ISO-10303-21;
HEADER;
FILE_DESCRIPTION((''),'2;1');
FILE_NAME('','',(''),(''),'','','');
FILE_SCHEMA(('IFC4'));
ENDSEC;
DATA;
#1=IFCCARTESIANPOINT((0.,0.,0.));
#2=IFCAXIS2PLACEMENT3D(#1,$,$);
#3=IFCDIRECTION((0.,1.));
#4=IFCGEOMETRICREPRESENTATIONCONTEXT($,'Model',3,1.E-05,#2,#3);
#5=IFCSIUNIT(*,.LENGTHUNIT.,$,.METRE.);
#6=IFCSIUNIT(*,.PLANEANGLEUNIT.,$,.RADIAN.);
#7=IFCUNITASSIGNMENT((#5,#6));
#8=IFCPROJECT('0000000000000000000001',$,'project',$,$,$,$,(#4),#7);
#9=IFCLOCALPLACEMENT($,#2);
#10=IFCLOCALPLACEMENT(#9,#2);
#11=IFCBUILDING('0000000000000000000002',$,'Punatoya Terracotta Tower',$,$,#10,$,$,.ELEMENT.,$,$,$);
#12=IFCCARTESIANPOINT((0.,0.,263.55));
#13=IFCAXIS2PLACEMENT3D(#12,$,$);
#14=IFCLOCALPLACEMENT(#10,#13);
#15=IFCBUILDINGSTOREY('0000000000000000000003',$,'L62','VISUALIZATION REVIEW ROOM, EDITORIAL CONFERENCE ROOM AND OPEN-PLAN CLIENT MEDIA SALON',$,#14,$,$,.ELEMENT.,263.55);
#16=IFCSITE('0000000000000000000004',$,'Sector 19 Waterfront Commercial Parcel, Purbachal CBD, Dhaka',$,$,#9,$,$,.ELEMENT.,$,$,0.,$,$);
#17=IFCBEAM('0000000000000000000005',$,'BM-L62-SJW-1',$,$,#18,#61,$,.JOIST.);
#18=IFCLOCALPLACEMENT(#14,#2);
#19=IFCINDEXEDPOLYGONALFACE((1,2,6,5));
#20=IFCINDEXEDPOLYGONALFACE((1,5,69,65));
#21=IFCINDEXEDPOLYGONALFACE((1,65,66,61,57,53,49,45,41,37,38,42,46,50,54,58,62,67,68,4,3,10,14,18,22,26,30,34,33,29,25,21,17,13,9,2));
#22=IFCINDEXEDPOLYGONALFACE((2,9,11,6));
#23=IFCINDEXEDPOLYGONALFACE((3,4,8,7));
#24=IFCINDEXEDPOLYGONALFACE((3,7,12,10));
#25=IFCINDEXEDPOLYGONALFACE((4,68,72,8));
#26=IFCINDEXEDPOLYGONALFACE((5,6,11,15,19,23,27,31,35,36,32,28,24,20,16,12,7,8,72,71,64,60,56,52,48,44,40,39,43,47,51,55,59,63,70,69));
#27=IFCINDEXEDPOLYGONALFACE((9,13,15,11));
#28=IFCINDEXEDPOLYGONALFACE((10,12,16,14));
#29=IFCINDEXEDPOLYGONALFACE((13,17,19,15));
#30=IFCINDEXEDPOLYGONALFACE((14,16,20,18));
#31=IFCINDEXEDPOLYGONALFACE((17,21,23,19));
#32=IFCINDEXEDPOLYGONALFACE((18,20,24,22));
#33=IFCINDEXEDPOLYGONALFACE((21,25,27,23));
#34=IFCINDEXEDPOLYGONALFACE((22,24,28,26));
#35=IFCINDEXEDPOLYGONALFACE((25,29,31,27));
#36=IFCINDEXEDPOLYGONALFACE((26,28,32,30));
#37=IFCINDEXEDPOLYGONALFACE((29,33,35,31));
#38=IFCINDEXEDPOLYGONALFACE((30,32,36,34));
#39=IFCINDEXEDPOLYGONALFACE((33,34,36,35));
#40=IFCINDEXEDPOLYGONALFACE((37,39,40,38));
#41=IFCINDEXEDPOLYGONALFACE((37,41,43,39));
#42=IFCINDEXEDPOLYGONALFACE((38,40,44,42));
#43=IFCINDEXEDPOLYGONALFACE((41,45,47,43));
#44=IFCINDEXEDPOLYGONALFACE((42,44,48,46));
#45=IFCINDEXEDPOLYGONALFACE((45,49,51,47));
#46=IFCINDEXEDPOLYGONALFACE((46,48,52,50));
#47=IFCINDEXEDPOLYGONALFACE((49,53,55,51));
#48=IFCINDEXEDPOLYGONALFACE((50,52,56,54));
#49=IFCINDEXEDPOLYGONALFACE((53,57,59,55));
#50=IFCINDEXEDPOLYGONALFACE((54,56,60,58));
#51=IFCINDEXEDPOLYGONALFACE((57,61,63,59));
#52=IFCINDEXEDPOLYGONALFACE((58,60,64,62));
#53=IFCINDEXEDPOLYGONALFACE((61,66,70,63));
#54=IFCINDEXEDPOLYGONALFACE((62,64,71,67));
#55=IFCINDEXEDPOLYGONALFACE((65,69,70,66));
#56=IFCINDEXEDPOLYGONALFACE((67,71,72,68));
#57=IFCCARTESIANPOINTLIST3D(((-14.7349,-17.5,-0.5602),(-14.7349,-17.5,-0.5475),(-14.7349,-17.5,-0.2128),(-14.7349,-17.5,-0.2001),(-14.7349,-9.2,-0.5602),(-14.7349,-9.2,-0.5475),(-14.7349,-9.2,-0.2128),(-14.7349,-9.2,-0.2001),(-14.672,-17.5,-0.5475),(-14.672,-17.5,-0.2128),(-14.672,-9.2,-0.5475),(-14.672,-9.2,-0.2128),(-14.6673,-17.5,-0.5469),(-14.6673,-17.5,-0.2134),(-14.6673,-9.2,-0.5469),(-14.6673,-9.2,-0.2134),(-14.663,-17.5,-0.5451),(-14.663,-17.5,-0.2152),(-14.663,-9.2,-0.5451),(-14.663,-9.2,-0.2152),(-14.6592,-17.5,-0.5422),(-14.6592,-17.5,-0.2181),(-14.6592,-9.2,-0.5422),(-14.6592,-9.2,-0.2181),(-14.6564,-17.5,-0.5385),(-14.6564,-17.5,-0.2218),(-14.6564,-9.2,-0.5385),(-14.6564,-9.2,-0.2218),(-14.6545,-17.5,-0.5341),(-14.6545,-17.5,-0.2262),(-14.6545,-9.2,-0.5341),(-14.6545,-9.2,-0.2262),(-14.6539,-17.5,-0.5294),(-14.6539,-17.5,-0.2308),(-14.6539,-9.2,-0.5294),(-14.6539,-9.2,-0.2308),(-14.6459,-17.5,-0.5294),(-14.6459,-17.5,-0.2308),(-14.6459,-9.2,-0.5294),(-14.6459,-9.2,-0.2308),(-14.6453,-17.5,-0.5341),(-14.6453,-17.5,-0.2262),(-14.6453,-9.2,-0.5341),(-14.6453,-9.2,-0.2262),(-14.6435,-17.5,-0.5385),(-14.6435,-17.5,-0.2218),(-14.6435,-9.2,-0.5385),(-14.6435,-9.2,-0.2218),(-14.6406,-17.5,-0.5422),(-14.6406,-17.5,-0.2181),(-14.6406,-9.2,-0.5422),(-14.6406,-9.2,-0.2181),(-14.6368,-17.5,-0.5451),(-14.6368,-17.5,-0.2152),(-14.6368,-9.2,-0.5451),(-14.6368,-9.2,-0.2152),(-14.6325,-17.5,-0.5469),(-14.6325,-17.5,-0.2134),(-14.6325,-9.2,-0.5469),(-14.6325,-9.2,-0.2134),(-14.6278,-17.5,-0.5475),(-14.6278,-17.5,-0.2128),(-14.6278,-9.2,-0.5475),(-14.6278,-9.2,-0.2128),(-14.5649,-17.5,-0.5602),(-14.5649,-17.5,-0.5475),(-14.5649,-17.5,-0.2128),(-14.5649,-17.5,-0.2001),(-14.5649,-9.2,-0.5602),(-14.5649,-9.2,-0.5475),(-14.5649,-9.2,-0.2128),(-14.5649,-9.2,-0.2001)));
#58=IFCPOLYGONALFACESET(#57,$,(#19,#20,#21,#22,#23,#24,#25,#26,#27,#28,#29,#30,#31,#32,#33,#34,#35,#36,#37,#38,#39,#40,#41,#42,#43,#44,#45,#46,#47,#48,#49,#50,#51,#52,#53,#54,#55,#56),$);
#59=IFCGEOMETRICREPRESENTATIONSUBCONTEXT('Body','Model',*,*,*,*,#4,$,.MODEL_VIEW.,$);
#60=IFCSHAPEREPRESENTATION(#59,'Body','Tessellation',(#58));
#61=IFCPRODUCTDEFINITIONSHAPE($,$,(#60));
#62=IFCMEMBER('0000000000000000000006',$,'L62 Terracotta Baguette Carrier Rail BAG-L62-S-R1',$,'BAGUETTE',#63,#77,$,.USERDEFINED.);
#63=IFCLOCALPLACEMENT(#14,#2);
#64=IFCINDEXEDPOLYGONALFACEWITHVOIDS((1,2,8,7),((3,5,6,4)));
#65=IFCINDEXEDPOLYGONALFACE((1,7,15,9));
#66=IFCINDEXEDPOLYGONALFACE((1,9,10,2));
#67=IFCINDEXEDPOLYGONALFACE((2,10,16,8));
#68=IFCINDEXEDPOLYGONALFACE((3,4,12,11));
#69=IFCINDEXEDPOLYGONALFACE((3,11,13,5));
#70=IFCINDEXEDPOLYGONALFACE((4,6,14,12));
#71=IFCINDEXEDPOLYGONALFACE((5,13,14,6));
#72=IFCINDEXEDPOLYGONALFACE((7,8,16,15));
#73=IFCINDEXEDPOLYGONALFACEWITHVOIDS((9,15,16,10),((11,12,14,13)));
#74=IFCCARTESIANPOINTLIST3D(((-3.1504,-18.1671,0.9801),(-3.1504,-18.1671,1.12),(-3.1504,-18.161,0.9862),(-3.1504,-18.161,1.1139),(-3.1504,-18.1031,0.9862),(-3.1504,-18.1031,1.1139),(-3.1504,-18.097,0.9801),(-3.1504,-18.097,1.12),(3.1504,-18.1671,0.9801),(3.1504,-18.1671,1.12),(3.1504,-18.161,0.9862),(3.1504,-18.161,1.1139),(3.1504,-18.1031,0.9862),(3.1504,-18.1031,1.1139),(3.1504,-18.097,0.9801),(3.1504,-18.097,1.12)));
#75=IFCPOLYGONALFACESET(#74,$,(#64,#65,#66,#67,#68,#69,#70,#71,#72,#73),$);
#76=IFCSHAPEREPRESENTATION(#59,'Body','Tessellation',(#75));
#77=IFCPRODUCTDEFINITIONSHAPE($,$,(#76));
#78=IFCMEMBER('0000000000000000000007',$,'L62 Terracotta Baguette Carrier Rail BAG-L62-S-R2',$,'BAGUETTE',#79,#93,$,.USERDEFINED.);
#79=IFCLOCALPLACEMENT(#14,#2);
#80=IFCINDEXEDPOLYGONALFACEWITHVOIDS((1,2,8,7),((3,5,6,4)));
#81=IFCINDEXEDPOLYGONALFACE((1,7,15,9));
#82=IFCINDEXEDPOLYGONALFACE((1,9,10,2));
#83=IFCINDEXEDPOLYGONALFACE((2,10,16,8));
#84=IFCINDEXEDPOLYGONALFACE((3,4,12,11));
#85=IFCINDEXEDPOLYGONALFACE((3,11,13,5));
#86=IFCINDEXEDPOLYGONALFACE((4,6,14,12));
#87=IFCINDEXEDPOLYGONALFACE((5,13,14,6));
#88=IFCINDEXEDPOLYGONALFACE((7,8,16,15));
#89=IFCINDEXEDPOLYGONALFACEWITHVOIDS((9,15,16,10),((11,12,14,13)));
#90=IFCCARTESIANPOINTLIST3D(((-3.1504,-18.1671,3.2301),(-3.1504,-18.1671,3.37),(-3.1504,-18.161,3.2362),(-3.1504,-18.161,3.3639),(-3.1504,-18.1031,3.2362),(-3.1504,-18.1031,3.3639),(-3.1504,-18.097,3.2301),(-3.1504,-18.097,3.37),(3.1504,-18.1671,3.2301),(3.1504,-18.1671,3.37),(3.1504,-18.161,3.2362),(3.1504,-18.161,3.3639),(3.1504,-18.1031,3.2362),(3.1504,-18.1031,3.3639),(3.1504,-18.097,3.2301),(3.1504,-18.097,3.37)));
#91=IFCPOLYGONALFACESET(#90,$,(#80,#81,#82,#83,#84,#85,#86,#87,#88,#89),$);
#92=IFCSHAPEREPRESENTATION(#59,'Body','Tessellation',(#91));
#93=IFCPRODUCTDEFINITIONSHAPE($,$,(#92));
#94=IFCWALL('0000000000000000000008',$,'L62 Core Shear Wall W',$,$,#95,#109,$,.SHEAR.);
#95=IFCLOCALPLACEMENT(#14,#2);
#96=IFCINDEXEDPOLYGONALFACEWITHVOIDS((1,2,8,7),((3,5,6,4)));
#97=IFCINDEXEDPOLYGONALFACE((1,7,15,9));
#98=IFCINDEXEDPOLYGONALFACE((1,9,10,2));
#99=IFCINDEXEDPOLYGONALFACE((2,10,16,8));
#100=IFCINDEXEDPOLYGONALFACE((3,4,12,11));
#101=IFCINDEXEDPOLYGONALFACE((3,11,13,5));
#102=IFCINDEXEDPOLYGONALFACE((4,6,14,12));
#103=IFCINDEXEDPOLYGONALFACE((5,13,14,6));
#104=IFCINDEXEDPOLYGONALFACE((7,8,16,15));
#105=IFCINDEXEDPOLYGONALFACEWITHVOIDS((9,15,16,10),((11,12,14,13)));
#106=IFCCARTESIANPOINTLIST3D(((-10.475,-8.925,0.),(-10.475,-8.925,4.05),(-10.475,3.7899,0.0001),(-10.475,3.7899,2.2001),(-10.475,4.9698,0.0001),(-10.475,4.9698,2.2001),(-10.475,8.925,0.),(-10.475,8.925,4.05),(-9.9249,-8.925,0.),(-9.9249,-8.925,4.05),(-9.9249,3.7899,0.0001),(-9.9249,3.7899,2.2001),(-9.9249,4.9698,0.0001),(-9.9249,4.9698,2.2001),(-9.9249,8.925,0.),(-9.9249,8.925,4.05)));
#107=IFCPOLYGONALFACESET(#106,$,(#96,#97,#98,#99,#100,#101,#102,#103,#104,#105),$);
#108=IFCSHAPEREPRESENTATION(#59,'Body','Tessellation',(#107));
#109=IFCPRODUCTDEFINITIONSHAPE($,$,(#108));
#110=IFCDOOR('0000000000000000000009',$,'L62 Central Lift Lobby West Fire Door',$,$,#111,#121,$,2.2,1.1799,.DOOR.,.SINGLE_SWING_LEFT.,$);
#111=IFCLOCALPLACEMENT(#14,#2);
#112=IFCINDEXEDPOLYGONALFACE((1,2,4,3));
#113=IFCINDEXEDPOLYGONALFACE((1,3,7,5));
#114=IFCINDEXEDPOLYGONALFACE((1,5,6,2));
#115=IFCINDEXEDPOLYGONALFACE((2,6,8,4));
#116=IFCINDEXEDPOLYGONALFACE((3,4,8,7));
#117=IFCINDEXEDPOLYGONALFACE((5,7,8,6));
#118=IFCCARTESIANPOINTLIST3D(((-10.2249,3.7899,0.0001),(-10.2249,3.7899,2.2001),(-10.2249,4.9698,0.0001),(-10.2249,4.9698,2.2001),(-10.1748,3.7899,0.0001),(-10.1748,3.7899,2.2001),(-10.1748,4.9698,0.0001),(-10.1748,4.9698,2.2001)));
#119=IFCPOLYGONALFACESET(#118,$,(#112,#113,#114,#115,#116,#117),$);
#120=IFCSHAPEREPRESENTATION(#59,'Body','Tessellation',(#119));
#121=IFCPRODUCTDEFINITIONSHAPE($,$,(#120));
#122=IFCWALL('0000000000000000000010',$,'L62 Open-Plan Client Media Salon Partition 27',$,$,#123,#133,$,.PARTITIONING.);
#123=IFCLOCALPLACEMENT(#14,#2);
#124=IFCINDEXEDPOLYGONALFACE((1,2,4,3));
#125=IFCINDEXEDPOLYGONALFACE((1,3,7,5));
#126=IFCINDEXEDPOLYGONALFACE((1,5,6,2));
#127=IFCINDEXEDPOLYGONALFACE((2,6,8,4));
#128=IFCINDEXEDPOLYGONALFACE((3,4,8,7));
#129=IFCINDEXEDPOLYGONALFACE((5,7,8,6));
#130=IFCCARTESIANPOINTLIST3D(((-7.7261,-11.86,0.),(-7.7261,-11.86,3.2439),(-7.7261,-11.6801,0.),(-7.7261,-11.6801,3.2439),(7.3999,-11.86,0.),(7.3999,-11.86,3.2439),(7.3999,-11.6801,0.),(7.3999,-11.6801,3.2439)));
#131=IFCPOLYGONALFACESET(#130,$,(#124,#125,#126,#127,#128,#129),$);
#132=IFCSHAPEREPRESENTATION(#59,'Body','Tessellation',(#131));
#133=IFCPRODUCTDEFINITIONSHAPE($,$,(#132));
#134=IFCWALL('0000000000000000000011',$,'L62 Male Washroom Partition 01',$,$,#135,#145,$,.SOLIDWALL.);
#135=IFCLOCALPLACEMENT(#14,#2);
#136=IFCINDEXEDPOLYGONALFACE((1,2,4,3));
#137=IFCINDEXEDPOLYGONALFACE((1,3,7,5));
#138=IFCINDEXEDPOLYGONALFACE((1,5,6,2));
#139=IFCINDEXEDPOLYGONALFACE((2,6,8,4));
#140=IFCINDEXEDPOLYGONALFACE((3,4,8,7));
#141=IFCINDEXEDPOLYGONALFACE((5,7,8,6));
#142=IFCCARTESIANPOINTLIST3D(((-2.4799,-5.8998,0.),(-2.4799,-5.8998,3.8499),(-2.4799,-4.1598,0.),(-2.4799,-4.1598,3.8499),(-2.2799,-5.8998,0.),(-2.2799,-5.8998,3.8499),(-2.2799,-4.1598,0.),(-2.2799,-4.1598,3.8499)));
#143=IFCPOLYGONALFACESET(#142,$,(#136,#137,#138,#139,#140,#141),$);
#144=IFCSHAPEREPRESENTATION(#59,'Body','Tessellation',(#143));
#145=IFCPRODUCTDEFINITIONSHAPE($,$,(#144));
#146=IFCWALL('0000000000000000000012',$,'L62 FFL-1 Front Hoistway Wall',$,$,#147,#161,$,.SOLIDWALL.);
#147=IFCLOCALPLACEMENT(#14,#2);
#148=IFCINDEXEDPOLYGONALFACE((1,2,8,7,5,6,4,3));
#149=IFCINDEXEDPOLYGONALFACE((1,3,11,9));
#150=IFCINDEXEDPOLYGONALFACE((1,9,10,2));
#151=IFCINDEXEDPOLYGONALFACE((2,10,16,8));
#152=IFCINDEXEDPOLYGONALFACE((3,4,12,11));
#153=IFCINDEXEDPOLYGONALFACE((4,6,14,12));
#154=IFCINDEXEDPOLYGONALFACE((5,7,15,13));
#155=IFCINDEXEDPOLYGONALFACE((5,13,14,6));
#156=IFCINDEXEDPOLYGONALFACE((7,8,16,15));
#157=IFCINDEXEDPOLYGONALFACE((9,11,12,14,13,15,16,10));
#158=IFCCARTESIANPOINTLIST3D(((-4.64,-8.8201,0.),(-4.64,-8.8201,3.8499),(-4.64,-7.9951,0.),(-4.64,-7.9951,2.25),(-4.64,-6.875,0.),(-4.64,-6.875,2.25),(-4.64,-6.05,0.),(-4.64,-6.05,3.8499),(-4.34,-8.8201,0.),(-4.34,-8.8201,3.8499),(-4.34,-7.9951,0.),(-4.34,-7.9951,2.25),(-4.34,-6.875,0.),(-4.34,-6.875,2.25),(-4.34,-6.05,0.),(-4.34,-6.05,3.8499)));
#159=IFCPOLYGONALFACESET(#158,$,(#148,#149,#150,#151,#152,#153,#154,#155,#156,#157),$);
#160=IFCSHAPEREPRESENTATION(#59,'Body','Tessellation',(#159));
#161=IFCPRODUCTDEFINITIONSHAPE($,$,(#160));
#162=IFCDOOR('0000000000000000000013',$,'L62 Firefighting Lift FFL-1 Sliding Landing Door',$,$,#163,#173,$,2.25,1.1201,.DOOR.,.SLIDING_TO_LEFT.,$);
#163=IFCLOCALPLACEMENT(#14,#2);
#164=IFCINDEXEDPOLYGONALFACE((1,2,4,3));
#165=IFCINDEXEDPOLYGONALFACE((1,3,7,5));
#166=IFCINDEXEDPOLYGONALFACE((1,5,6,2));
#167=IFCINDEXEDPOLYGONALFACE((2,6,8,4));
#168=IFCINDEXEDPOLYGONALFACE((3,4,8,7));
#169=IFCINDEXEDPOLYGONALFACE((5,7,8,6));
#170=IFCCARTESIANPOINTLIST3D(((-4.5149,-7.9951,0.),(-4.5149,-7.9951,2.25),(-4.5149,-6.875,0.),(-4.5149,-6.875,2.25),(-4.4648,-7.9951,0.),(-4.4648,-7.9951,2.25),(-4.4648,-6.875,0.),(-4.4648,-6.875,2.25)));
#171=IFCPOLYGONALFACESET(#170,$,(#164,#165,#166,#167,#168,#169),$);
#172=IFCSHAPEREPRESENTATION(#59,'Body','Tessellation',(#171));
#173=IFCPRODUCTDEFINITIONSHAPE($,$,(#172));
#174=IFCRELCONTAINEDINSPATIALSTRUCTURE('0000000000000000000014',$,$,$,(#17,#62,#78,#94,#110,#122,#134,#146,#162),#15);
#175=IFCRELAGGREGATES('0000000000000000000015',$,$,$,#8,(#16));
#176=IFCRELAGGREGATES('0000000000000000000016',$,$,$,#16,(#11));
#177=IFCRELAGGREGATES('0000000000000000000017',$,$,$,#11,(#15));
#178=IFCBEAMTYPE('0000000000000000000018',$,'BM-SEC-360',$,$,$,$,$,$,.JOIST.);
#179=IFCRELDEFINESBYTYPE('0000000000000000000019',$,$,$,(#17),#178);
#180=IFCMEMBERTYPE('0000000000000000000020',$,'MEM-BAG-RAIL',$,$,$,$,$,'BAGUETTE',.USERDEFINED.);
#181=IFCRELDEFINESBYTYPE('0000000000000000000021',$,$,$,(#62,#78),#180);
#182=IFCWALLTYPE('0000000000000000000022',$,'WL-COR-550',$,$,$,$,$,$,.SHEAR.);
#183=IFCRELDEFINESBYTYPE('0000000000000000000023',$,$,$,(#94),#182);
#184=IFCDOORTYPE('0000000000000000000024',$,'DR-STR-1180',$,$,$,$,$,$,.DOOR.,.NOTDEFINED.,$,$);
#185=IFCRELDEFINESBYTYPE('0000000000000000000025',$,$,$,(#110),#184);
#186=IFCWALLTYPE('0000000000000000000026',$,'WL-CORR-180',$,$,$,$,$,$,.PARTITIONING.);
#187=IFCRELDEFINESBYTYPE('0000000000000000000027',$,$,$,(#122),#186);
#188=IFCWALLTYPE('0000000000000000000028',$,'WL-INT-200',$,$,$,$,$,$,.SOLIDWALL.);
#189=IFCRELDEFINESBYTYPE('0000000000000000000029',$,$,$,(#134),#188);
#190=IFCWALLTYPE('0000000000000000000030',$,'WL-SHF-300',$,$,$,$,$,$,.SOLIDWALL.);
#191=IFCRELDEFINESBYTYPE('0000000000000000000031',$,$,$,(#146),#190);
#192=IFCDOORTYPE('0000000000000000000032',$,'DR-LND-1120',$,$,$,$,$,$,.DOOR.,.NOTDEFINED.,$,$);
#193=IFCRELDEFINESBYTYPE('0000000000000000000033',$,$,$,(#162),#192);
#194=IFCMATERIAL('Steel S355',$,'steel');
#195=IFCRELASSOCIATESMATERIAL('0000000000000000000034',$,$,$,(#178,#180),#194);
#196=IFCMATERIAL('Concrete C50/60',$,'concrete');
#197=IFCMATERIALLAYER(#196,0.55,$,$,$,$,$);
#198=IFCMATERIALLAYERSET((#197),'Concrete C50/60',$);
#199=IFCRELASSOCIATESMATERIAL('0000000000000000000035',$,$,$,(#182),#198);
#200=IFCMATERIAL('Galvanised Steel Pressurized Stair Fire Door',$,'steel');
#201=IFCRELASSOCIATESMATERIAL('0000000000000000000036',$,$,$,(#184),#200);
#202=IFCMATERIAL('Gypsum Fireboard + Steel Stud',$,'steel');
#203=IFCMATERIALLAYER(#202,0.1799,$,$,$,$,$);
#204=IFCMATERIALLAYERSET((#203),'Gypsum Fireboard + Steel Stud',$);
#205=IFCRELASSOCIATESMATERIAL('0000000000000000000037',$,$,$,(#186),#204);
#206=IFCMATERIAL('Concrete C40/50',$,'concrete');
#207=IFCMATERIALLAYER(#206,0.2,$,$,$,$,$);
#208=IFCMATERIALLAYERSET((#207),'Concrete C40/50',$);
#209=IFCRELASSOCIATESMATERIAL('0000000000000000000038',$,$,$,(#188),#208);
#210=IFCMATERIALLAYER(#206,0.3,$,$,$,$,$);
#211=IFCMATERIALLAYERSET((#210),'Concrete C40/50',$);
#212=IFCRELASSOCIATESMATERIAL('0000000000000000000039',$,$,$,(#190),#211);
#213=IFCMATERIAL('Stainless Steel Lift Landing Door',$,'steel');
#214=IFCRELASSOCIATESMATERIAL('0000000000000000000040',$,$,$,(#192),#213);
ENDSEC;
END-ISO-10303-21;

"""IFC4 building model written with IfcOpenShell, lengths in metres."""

from ifc_helpers import new_model, si_unit, direction, frame, frame_2d, origin, origin_2d, place, context, subcontext, project, spatial, rectangle, hollow_rectangle, i_section, extrude, material, layer, layer_set, material_profile, profile_set, type_object, element, fill, save


model = new_model("IFC4")

# Units and contexts
model_context = context("Model", 3, precision=1e-05, world=origin(), true_north=direction((0.0, 1.0)))
body_context = subcontext(model_context, "Body", "Model", "MODEL_VIEW")
ifc_project = project(units=[si_unit("LENGTHUNIT", "METRE"), si_unit("PLANEANGLEUNIT", "RADIAN")], contexts=[model_context])

# Site, building, storey
site_placement = place(None, origin())
site = spatial("IfcSite", under=ifc_project, at=site_placement, Name="Sector 19 Waterfront Commercial Parcel, Purbachal CBD, Dhaka", CompositionType="ELEMENT", RefElevation=0.0)
building_placement = place(site_placement, origin())
building = spatial("IfcBuilding", under=site, at=building_placement, Name="Punatoya Terracotta Tower", CompositionType="ELEMENT")
storey_placement = place(building_placement, frame((0.0, 0.0, 263.55)))
storey = spatial("IfcBuildingStorey", under=building, at=storey_placement, Name="L62", Description="VISUALIZATION REVIEW ROOM, EDITORIAL CONFERENCE ROOM AND OPEN-PLAN CLIENT MEDIA SALON", CompositionType="ELEMENT", Elevation=263.55)

# Beam
ifc_material_1 = material(Name="Steel S355", Category="steel")
ifc_material_profile_1 = material_profile(ifc_material_1, i_section(OverallWidth=0.1699, OverallDepth=0.3601, WebThickness=0.0081, FlangeThickness=0.0127, FilletRadius=0.0181, at=origin_2d()))
ifc_profile_set_1 = profile_set([ifc_material_profile_1], Name="Steel S355")
beam_type_1 = type_object("IfcBeamType", Name="BM-SEC-360", PredefinedType="JOIST", material=ifc_profile_set_1)
beam_1_placement = place(storey_placement, frame((-14.6499, -17.5, -0.3801), z_axis=(0.0, 1.0, 0.0), x_axis=(-1.0, 0.0, 0.0)))
element("IfcBeam", 1, at=beam_1_placement, inside=storey, type_object=beam_type_1, Name="BM-L62-SJW-1", PredefinedType="JOIST", context=body_context, shape_type="SweptSolid", body=[
    extrude(i_section(OverallWidth=0.1699, OverallDepth=0.3601, WebThickness=0.0081, FlangeThickness=0.0127, FilletRadius=0.0181, at=origin_2d()), origin(), (0.0, 0.0, 1.0), 8.3),
])

# Members
ifc_material_profile_2 = material_profile(ifc_material_1, hollow_rectangle(XDim=0.0701, YDim=0.1399, WallThickness=0.0061, at=origin_2d()))
ifc_profile_set_2 = profile_set([ifc_material_profile_2], Name="Steel S355")
member_type = type_object("IfcMemberType", Name="MEM-BAG-RAIL", ElementType="BAGUETTE", PredefinedType="USERDEFINED", material=ifc_profile_set_2)
for number, where, z_axis, x_axis, name in (
    (2, (-3.1504, -18.1321, 1.05), (1.0, 0.0, 0.0), (0.0, 1.0, 0.0), "L62 Terracotta Baguette Carrier Rail BAG-L62-S-R1"),
    (3, (-3.1504, -18.1321, 3.3), (1.0, 0.0, 0.0), (0.0, 1.0, 0.0), "L62 Terracotta Baguette Carrier Rail BAG-L62-S-R2"),
):
    element("IfcMember", number, at=place(storey_placement, frame(where, z_axis=z_axis, x_axis=x_axis)), inside=storey, type_object=member_type, Name=name, ObjectType="BAGUETTE", PredefinedType="USERDEFINED", context=body_context, shape_type="SweptSolid", body=[
        extrude(hollow_rectangle(XDim=0.0701, YDim=0.1399, WallThickness=0.0061, at=origin_2d()), origin(), (0.0, 0.0, 1.0), 6.3008),
    ])

# Wall, opening, door
ifc_material_2 = material(Name="Concrete C50/60", Category="concrete")
ifc_layer_1 = layer(ifc_material_2, 0.55)
ifc_layer_set_1 = layer_set([ifc_layer_1], Name="Concrete C50/60")
wall_type_1 = type_object("IfcWallType", Name="WL-COR-550", PredefinedType="SHEAR", material=ifc_layer_set_1)
wall_1_placement = place(storey_placement, frame((-10.2, -8.925, 0.0), z_axis=(0.0, 0.0, 1.0), x_axis=(0.0, 1.0, 0.0)))
wall_1 = element("IfcWall", 4, at=wall_1_placement, inside=storey, type_object=wall_type_1, Name="L62 Core Shear Wall W", PredefinedType="SHEAR", context=body_context, shape_type="SweptSolid", body=[
    extrude(rectangle(XDim=17.8501, YDim=0.55, at=frame_2d((8.925, 0.0))), origin(), (0.0, 0.0, 1.0), 4.05),
])
opening_1_placement = place(wall_1_placement, frame((12.7151, 0.0, 0.0)))
opening_1 = element("IfcOpeningElement", 5, at=opening_1_placement, cuts=wall_1, PredefinedType="OPENING", context=body_context, shape_type="SweptSolid", body=[
    extrude(rectangle(XDim=1.1799, YDim=2.2, at=frame_2d((0.5898, 1.1001))), frame((0.0, 0.2849, 0.0), z_axis=(0.0, -1.0, 0.0), x_axis=(1.0, 0.0, 0.0)), (0.0, 0.0, 1.0), 0.5701),
])
ifc_material_3 = material(Name="Galvanised Steel Pressurized Stair Fire Door", Category="steel")
door_type_1 = type_object("IfcDoorType", Name="DR-STR-1180", OperationType="NOTDEFINED", PredefinedType="DOOR", material=ifc_material_3)
door_1_placement = place(opening_1_placement, origin())
door_1 = element("IfcDoor", 6, at=door_1_placement, inside=storey, type_object=door_type_1, Name="L62 Central Lift Lobby West Fire Door", OperationType="SINGLE_SWING_LEFT", OverallHeight=2.2, OverallWidth=1.1799, PredefinedType="DOOR", context=body_context, shape_type="SweptSolid", body=[
    extrude(rectangle(XDim=1.1799, YDim=2.2, at=frame_2d((0.5898, 1.1001))), frame((0.0, 0.0249, 0.0), z_axis=(0.0, -1.0, 0.0), x_axis=(1.0, 0.0, 0.0)), (0.0, 0.0, 1.0), 0.05),
])
fill(opening_1, door_1)

# Walls
ifc_material_4 = material(Name="Gypsum Fireboard + Steel Stud", Category="steel")
ifc_layer_2 = layer(ifc_material_4, 0.1799)
ifc_layer_set_2 = layer_set([ifc_layer_2], Name="Gypsum Fireboard + Steel Stud")
wall_type_2 = type_object("IfcWallType", Name="WL-CORR-180", PredefinedType="PARTITIONING", material=ifc_layer_set_2)
wall_2_placement = place(storey_placement, frame((-7.7261, -11.77, 0.0), z_axis=(0.0, 0.0, 1.0), x_axis=(1.0, 0.0, 0.0)))
element("IfcWall", 7, at=wall_2_placement, inside=storey, type_object=wall_type_2, Name="L62 Open-Plan Client Media Salon Partition 27", PredefinedType="PARTITIONING", context=body_context, shape_type="SweptSolid", body=[
    extrude(rectangle(XDim=15.126, YDim=0.1799, at=frame_2d((7.563, 0.0))), origin(), (0.0, 0.0, 1.0), 3.2439),
])
ifc_material_5 = material(Name="Concrete C40/50", Category="concrete")
ifc_layer_3 = layer(ifc_material_5, 0.2)
ifc_layer_set_3 = layer_set([ifc_layer_3], Name="Concrete C40/50")
wall_type_3 = type_object("IfcWallType", Name="WL-INT-200", PredefinedType="SOLIDWALL", material=ifc_layer_set_3)
wall_3_placement = place(storey_placement, frame((-2.3799, -5.8999, 0.0), z_axis=(0.0, 0.0, 1.0), x_axis=(0.0, 1.0, 0.0)))
element("IfcWall", 8, at=wall_3_placement, inside=storey, type_object=wall_type_3, Name="L62 Male Washroom Partition 01", PredefinedType="SOLIDWALL", context=body_context, shape_type="SweptSolid", body=[
    extrude(rectangle(XDim=1.74, YDim=0.2, at=frame_2d((0.8701, 0.0))), origin(), (0.0, 0.0, 1.0), 3.8499),
])

# Wall, opening, door
ifc_layer_4 = layer(ifc_material_5, 0.3)
ifc_layer_set_4 = layer_set([ifc_layer_4], Name="Concrete C40/50")
wall_type_4 = type_object("IfcWallType", Name="WL-SHF-300", PredefinedType="SOLIDWALL", material=ifc_layer_set_4)
wall_4_placement = place(storey_placement, frame((-4.49, -8.8201, 0.0), z_axis=(0.0, 0.0, 1.0), x_axis=(0.0, 1.0, 0.0)))
wall_4 = element("IfcWall", 9, at=wall_4_placement, inside=storey, type_object=wall_type_4, Name="L62 FFL-1 Front Hoistway Wall", PredefinedType="SOLIDWALL", context=body_context, shape_type="SweptSolid", body=[
    extrude(rectangle(XDim=2.77, YDim=0.3, at=frame_2d((1.385, 0.0))), origin(), (0.0, 0.0, 1.0), 3.8499),
])
opening_2_placement = place(wall_4_placement, frame((0.825, 0.0, 0.0)))
opening_2 = element("IfcOpeningElement", 10, at=opening_2_placement, cuts=wall_4, PredefinedType="OPENING", context=body_context, shape_type="SweptSolid", body=[
    extrude(rectangle(XDim=1.1201, YDim=2.25, at=frame_2d((0.5601, 1.125))), frame((0.0, 0.1599, 0.0), z_axis=(0.0, -1.0, 0.0), x_axis=(1.0, 0.0, 0.0)), (0.0, 0.0, 1.0), 0.3201),
])
ifc_material_6 = material(Name="Stainless Steel Lift Landing Door", Category="steel")
door_type_2 = type_object("IfcDoorType", Name="DR-LND-1120", OperationType="NOTDEFINED", PredefinedType="DOOR", material=ifc_material_6)
door_2_placement = place(opening_2_placement, origin())
door_2 = element("IfcDoor", 11, at=door_2_placement, inside=storey, type_object=door_type_2, Name="L62 Firefighting Lift FFL-1 Sliding Landing Door", OperationType="SLIDING_TO_LEFT", OverallHeight=2.25, OverallWidth=1.1201, PredefinedType="DOOR", context=body_context, shape_type="SweptSolid", body=[
    extrude(rectangle(XDim=1.1201, YDim=2.25, at=frame_2d((0.5601, 1.125))), frame((0.0, 0.0249, 0.0), z_axis=(0.0, -1.0, 0.0), x_axis=(1.0, 0.0, 0.0)), (0.0, 0.0, 1.0), 0.05),
])
fill(opening_2, door_2)

save(model, "model.ifc")
